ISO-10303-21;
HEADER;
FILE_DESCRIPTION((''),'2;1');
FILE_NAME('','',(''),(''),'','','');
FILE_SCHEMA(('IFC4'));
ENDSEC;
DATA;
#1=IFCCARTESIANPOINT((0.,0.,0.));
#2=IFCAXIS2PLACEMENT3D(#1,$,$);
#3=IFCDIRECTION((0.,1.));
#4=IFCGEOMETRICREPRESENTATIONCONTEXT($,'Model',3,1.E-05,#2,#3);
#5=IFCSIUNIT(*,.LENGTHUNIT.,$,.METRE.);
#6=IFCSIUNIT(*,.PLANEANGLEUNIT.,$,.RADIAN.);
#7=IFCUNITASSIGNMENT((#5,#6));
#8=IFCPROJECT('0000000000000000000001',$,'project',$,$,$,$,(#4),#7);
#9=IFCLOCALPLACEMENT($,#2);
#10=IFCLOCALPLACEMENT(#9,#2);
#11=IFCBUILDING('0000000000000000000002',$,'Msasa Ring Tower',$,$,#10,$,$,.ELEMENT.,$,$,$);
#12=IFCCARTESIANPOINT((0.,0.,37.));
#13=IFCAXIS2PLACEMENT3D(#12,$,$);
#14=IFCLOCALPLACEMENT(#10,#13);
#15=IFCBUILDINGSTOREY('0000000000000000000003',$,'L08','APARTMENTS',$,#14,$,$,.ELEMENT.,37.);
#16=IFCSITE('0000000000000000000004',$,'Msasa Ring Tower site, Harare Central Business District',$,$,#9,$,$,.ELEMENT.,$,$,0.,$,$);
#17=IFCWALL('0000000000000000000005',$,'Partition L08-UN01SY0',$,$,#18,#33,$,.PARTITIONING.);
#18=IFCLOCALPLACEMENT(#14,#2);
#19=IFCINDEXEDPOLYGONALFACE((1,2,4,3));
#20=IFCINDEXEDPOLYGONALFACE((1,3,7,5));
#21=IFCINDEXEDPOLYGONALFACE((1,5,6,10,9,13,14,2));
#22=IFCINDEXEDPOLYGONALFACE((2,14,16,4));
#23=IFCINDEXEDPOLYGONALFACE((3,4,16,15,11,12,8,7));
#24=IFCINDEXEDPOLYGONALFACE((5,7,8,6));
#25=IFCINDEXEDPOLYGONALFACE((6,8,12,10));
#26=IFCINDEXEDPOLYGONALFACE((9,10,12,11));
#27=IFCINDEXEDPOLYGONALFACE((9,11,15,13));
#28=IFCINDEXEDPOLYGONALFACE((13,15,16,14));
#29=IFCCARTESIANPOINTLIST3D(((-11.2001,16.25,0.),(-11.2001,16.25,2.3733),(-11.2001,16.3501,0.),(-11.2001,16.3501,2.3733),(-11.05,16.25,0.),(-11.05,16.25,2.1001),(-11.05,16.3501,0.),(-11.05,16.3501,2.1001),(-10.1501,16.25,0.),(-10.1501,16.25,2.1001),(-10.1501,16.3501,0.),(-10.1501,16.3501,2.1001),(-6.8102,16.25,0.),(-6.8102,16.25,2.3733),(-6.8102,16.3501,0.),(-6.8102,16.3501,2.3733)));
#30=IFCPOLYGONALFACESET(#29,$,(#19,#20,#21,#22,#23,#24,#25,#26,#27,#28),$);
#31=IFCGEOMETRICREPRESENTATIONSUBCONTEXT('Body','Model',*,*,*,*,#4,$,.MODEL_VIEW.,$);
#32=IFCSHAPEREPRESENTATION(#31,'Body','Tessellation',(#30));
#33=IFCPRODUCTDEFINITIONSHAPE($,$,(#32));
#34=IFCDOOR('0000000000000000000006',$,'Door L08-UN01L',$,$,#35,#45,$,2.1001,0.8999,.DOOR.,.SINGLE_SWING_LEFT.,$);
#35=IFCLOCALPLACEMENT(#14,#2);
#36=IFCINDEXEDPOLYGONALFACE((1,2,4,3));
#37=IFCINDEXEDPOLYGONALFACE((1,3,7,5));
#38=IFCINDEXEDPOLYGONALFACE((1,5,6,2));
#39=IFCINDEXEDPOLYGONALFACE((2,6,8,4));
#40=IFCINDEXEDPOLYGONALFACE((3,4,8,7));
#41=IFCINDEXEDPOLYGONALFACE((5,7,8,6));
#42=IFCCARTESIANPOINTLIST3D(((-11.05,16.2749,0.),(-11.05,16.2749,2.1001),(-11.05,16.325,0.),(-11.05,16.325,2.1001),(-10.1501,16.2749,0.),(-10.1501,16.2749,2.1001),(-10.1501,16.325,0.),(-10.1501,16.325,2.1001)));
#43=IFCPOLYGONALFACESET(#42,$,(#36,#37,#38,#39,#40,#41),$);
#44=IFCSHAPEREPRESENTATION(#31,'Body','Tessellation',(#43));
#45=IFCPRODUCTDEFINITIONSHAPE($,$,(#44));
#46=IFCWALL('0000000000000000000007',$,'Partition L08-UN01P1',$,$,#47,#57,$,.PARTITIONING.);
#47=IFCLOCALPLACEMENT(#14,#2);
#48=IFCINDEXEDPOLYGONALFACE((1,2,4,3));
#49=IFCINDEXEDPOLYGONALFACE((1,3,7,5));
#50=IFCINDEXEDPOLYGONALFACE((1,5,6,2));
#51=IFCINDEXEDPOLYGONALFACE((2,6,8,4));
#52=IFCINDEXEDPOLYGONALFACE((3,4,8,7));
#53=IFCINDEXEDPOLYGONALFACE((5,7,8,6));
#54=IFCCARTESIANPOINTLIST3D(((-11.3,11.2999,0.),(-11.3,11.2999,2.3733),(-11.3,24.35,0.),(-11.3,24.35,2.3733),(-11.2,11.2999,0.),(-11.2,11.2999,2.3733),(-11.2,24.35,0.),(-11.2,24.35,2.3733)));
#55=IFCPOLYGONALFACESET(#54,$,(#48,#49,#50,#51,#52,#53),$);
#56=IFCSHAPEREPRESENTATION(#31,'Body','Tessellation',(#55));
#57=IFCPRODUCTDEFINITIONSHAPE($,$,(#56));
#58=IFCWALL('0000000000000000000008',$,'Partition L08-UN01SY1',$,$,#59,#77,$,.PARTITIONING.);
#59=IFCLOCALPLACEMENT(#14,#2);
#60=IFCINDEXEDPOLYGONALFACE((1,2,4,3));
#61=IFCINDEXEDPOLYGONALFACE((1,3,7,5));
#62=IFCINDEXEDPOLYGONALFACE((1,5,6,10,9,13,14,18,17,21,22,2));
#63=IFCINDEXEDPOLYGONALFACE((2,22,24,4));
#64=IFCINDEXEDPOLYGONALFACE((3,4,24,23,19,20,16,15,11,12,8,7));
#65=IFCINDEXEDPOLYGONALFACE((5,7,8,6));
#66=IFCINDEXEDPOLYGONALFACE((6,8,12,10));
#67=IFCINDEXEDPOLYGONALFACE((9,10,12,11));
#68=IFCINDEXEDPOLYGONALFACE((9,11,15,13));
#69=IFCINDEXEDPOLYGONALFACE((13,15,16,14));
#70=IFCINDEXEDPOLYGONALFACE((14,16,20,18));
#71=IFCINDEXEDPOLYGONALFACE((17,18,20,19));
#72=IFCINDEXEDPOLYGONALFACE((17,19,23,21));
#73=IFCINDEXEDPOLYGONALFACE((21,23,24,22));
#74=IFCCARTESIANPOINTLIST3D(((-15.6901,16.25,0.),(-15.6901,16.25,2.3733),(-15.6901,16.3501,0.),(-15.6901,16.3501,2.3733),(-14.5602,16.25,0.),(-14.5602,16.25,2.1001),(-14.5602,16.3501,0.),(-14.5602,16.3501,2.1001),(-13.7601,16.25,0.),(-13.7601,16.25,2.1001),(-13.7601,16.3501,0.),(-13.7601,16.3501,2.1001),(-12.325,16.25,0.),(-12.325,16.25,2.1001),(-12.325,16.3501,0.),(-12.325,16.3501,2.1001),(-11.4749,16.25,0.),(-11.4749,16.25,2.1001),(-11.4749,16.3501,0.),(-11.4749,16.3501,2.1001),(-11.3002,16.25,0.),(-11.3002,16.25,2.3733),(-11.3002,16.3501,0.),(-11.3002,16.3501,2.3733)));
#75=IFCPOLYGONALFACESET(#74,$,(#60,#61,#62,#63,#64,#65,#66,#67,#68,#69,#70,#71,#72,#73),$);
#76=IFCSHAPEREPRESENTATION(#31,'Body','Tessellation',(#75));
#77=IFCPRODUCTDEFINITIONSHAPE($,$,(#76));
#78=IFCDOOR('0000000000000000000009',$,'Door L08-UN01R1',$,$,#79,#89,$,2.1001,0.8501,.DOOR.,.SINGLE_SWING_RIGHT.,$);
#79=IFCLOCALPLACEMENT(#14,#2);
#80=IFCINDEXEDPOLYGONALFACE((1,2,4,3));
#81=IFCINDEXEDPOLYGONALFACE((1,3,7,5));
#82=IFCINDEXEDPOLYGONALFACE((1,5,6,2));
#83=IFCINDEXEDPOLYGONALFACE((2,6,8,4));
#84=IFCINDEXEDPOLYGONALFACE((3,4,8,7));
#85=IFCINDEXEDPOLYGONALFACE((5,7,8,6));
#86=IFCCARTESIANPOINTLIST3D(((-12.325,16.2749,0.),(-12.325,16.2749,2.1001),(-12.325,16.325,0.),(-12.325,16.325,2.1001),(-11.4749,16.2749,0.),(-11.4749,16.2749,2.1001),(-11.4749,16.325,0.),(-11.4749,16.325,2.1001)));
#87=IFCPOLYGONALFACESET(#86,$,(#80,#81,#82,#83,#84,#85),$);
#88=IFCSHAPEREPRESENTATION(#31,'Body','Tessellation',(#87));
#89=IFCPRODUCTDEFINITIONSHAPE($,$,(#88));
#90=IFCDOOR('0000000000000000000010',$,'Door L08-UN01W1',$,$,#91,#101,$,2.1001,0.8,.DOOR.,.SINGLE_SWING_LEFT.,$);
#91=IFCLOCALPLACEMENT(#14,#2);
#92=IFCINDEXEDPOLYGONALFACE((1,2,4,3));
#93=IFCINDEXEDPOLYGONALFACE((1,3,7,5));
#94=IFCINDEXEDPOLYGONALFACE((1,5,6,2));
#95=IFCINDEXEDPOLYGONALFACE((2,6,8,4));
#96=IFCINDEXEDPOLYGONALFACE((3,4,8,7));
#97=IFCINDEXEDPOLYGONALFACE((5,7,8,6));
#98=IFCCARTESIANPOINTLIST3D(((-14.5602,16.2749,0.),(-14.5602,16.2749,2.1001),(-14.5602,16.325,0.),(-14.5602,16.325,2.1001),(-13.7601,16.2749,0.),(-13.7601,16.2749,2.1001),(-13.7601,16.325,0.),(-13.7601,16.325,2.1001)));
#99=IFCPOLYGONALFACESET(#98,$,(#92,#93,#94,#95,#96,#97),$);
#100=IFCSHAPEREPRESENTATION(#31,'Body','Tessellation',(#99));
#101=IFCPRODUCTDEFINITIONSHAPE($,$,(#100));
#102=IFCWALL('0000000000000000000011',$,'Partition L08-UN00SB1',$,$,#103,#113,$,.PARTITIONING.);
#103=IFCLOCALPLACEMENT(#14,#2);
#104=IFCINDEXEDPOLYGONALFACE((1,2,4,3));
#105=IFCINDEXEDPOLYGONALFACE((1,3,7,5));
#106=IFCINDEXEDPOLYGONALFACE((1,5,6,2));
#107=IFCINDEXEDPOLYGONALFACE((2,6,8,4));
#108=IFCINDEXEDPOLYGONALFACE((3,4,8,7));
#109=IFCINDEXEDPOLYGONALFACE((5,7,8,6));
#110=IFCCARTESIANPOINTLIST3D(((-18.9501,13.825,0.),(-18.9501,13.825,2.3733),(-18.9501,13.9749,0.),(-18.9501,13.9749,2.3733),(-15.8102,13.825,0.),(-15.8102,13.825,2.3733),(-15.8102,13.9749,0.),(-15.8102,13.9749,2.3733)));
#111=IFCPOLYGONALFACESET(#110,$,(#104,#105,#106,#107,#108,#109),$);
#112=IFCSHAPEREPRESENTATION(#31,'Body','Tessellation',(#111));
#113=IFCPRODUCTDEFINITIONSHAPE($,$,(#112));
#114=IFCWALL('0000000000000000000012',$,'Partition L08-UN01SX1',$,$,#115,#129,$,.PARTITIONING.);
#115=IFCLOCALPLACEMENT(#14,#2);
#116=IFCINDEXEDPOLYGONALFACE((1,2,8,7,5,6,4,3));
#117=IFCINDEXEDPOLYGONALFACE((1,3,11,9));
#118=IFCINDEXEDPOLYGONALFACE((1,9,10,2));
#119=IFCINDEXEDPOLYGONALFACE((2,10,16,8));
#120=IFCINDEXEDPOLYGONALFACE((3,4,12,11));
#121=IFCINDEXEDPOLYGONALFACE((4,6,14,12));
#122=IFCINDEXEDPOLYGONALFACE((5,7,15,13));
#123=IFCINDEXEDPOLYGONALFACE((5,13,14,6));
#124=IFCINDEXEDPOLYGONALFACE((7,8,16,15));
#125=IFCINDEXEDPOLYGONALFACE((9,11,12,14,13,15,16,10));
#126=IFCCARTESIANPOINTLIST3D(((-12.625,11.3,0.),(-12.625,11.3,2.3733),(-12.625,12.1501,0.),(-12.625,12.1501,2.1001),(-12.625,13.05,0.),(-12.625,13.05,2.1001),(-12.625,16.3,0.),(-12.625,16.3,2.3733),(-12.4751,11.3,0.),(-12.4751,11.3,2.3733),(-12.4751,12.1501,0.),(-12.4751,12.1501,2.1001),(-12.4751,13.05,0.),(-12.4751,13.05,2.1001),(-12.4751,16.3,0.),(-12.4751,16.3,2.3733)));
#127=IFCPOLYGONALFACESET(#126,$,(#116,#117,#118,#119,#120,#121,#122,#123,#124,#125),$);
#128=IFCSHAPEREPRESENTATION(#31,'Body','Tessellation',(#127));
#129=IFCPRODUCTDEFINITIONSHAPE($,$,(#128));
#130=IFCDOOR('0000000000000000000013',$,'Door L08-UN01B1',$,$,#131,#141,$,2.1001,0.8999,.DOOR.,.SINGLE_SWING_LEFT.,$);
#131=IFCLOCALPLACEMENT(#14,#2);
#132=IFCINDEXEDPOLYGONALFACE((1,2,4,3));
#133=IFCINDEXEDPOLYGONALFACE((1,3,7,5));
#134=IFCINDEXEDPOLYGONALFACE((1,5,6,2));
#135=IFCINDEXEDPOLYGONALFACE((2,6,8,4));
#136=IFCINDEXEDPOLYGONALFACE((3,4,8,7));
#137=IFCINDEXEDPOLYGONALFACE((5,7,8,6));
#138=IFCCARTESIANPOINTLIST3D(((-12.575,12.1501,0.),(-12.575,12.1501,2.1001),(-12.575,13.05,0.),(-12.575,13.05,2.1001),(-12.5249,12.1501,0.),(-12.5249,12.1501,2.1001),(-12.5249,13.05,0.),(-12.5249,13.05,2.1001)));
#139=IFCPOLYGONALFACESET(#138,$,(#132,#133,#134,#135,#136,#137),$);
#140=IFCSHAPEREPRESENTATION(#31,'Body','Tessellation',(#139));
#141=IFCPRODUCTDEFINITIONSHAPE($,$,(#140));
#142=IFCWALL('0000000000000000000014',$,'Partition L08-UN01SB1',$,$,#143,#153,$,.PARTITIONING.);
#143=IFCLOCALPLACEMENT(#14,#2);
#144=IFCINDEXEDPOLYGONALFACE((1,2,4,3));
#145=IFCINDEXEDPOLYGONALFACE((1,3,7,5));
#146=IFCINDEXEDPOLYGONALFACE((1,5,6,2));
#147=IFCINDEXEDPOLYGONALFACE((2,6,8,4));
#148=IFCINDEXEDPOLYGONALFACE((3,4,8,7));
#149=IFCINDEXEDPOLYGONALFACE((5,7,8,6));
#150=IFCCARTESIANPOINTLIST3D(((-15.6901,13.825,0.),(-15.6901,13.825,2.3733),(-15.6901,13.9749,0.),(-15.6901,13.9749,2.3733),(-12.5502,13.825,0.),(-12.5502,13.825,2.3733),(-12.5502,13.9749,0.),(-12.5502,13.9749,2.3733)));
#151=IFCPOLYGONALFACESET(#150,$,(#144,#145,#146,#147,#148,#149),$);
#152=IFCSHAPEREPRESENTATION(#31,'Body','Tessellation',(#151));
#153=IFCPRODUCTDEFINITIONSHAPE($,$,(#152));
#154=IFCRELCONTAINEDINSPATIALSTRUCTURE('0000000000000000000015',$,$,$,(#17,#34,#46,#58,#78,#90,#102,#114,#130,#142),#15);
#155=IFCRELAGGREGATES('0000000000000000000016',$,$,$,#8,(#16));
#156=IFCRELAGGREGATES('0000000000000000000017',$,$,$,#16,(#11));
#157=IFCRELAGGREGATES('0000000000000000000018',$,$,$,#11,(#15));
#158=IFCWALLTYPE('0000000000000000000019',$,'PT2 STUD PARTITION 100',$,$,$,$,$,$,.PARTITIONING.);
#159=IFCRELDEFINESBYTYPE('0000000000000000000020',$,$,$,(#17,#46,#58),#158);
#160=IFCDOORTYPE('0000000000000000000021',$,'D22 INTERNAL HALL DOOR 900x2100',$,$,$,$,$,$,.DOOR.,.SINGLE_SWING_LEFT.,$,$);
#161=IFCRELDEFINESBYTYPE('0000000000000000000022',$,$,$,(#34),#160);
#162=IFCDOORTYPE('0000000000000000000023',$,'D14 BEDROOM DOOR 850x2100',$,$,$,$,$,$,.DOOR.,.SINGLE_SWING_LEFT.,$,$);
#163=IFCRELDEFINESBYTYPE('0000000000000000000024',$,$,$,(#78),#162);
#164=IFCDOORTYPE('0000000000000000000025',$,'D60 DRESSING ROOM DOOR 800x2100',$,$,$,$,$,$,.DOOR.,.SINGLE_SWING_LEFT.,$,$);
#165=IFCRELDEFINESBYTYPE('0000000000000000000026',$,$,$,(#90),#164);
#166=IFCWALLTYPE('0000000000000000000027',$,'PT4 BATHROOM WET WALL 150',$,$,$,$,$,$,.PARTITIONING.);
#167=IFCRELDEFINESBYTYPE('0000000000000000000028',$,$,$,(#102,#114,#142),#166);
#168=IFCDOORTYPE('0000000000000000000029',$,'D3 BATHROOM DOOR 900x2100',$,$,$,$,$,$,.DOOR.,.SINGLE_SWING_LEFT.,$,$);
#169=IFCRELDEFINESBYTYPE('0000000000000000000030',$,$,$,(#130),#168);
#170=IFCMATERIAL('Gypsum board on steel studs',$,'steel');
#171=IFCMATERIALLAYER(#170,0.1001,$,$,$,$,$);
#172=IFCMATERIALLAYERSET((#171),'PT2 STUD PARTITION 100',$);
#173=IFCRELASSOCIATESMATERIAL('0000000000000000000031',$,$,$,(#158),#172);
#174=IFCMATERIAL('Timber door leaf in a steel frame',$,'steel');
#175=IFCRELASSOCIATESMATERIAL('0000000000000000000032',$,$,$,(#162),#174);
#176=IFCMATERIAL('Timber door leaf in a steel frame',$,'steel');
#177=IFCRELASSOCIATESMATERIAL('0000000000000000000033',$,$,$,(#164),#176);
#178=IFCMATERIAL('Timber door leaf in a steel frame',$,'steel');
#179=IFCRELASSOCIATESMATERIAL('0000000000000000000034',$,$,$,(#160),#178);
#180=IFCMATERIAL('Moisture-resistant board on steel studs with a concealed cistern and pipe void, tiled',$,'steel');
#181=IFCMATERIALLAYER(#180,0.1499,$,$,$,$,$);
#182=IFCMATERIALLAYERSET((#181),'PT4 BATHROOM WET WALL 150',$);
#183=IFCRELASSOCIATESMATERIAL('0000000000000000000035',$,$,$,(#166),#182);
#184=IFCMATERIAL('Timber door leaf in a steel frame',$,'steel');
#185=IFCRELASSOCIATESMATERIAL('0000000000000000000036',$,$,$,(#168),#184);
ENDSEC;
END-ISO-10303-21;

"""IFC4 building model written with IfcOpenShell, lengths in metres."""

from ifc_helpers import new_model, si_unit, direction, frame, frame_2d, origin, place, context, subcontext, project, spatial, rectangle, extrude, material, layer, layer_set, type_object, element, fill, save


model = new_model("IFC4")

# Units and contexts
model_context = context("Model", 3, precision=1e-05, world=origin(), true_north=direction((0.0, 1.0)))
body_context = subcontext(model_context, "Body", "Model", "MODEL_VIEW")
ifc_project = project(units=[si_unit("LENGTHUNIT", "METRE"), si_unit("PLANEANGLEUNIT", "RADIAN")], contexts=[model_context])

# Site, building, storey
site_placement = place(None, origin())
site = spatial("IfcSite", under=ifc_project, at=site_placement, Name="Msasa Ring Tower site, Harare Central Business District", CompositionType="ELEMENT", RefElevation=0.0)
building_placement = place(site_placement, origin())
building = spatial("IfcBuilding", under=site, at=building_placement, Name="Msasa Ring Tower", CompositionType="ELEMENT")
storey_placement = place(building_placement, frame((0.0, 0.0, 37.0)))
storey = spatial("IfcBuildingStorey", under=building, at=storey_placement, Name="L08", Description="APARTMENTS", CompositionType="ELEMENT", Elevation=37.0)

# Shared definitions
ifc_material_1 = material(Name="Gypsum board on steel studs", Category="steel")
ifc_layer_1 = layer(ifc_material_1, 0.1001)
ifc_layer_set_1 = layer_set([ifc_layer_1], Name="PT2 STUD PARTITION 100")
wall_type_1 = type_object("IfcWallType", Name="PT2 STUD PARTITION 100", PredefinedType="PARTITIONING", material=ifc_layer_set_1)
ifc_material_2 = material(Name="Timber door leaf in a steel frame", Category="steel")
door_type_1 = type_object("IfcDoorType", Name="D14 BEDROOM DOOR 850x2100", OperationType="SINGLE_SWING_LEFT", PredefinedType="DOOR", material=ifc_material_2)
ifc_material_3 = material(Name="Timber door leaf in a steel frame", Category="steel")
door_type_2 = type_object("IfcDoorType", Name="D60 DRESSING ROOM DOOR 800x2100", OperationType="SINGLE_SWING_LEFT", PredefinedType="DOOR", material=ifc_material_3)

# Wall, opening, door
wall_1_placement = place(storey_placement, frame((-11.2, 16.3, 0.0), z_axis=(0.0, 0.0, 1.0), x_axis=(1.0, 0.0, 0.0)))
wall_1 = element("IfcWall", 1, at=wall_1_placement, inside=storey, type_object=wall_type_1, Name="Partition L08-UN01SY0", PredefinedType="PARTITIONING", context=body_context, shape_type="SweptSolid", body=[
    extrude(rectangle(XDim=4.3899, YDim=0.1001, at=frame_2d((2.1948, 0.0))), origin(), (0.0, 0.0, 1.0), 2.3733),
])
opening_1_placement = place(wall_1_placement, frame((0.1499, 0.0, 0.0)))
opening_1 = element("IfcOpeningElement", 2, at=opening_1_placement, cuts=wall_1, PredefinedType="OPENING", context=body_context, shape_type="SweptSolid", body=[
    extrude(rectangle(XDim=0.8999, YDim=2.1001, at=frame_2d((0.45, 1.05))), frame((0.0, 0.0601, 0.0), z_axis=(0.0, -1.0, 0.0), x_axis=(1.0, 0.0, 0.0)), (0.0, 0.0, 1.0), 0.1201),
])
ifc_material_4 = material(Name="Timber door leaf in a steel frame", Category="steel")
door_type_3 = type_object("IfcDoorType", Name="D22 INTERNAL HALL DOOR 900x2100", OperationType="SINGLE_SWING_LEFT", PredefinedType="DOOR", material=ifc_material_4)
door_1_placement = place(opening_1_placement, origin())
door_1 = element("IfcDoor", 3, at=door_1_placement, inside=storey, type_object=door_type_3, Name="Door L08-UN01L", OperationType="SINGLE_SWING_LEFT", OverallHeight=2.1001, OverallWidth=0.8999, PredefinedType="DOOR", context=body_context, shape_type="SweptSolid", body=[
    extrude(rectangle(XDim=0.8999, YDim=2.1001, at=frame_2d((0.45, 1.05))), frame((0.0, 0.0249, 0.0), z_axis=(0.0, -1.0, 0.0), x_axis=(1.0, 0.0, 0.0)), (0.0, 0.0, 1.0), 0.05),
])
fill(opening_1, door_1)

# Wall
wall_2_placement = place(storey_placement, frame((-11.25, 11.3, 0.0), z_axis=(0.0, 0.0, 1.0), x_axis=(0.0, 1.0, 0.0)))
element("IfcWall", 4, at=wall_2_placement, inside=storey, type_object=wall_type_1, Name="Partition L08-UN01P1", PredefinedType="PARTITIONING", context=body_context, shape_type="SweptSolid", body=[
    extrude(rectangle(XDim=13.05, YDim=0.1001, at=frame_2d((6.5249, 0.0))), origin(), (0.0, 0.0, 1.0), 2.3733),
])

# Wall, openings, doors
wall_3_placement = place(storey_placement, frame((-15.6899, 16.3, 0.0), z_axis=(0.0, 0.0, 1.0), x_axis=(1.0, 0.0, 0.0)))
wall_3 = element("IfcWall", 5, at=wall_3_placement, inside=storey, type_object=wall_type_1, Name="Partition L08-UN01SY1", PredefinedType="PARTITIONING", context=body_context, shape_type="SweptSolid", body=[
    extrude(rectangle(XDim=4.3899, YDim=0.1001, at=frame_2d((2.1948, 0.0))), origin(), (0.0, 0.0, 1.0), 2.3733),
])
opening_2_placement = place(wall_3_placement, frame((3.365, 0.0, 0.0)))
opening_2 = element("IfcOpeningElement", 6, at=opening_2_placement, cuts=wall_3, PredefinedType="OPENING", context=body_context, shape_type="SweptSolid", body=[
    extrude(rectangle(XDim=0.8501, YDim=2.1001, at=frame_2d((0.425, 1.05))), frame((0.0, 0.0601, 0.0), z_axis=(0.0, -1.0, 0.0), x_axis=(1.0, 0.0, 0.0)), (0.0, 0.0, 1.0), 0.1201),
])
opening_3_placement = place(wall_3_placement, frame((1.1299, 0.0, 0.0)))
opening_3 = element("IfcOpeningElement", 7, at=opening_3_placement, cuts=wall_3, PredefinedType="OPENING", context=body_context, shape_type="SweptSolid", body=[
    extrude(rectangle(XDim=0.8, YDim=2.1001, at=frame_2d((0.3999, 1.05))), frame((0.0, 0.0601, 0.0), z_axis=(0.0, -1.0, 0.0), x_axis=(1.0, 0.0, 0.0)), (0.0, 0.0, 1.0), 0.1201),
])
door_2_placement = place(opening_2_placement, origin())
door_2 = element("IfcDoor", 8, at=door_2_placement, inside=storey, type_object=door_type_1, Name="Door L08-UN01R1", OperationType="SINGLE_SWING_RIGHT", OverallHeight=2.1001, OverallWidth=0.8501, PredefinedType="DOOR", context=body_context, shape_type="SweptSolid", body=[
    extrude(rectangle(XDim=0.8501, YDim=2.1001, at=frame_2d((0.425, 1.05))), frame((0.0, 0.0249, 0.0), z_axis=(0.0, -1.0, 0.0), x_axis=(1.0, 0.0, 0.0)), (0.0, 0.0, 1.0), 0.05),
])
fill(opening_2, door_2)
door_3_placement = place(opening_3_placement, origin())
door_3 = element("IfcDoor", 9, at=door_3_placement, inside=storey, type_object=door_type_2, Name="Door L08-UN01W1", OperationType="SINGLE_SWING_LEFT", OverallHeight=2.1001, OverallWidth=0.8, PredefinedType="DOOR", context=body_context, shape_type="SweptSolid", body=[
    extrude(rectangle(XDim=0.8, YDim=2.1001, at=frame_2d((0.3999, 1.05))), frame((0.0, 0.0249, 0.0), z_axis=(0.0, -1.0, 0.0), x_axis=(1.0, 0.0, 0.0)), (0.0, 0.0, 1.0), 0.05),
])
fill(opening_3, door_3)

# Wall
ifc_material_5 = material(Name="Moisture-resistant board on steel studs with a concealed cistern and pipe void, tiled", Category="steel")
ifc_layer_2 = layer(ifc_material_5, 0.1499)
ifc_layer_set_2 = layer_set([ifc_layer_2], Name="PT4 BATHROOM WET WALL 150")
wall_type_2 = type_object("IfcWallType", Name="PT4 BATHROOM WET WALL 150", PredefinedType="PARTITIONING", material=ifc_layer_set_2)
wall_4_placement = place(storey_placement, frame((-18.95, 13.8999, 0.0), z_axis=(0.0, 0.0, 1.0), x_axis=(1.0, 0.0, 0.0)))
element("IfcWall", 10, at=wall_4_placement, inside=storey, type_object=wall_type_2, Name="Partition L08-UN00SB1", PredefinedType="PARTITIONING", context=body_context, shape_type="SweptSolid", body=[
    extrude(rectangle(XDim=3.1399, YDim=0.1499, at=frame_2d((1.5698, 0.0))), origin(), (0.0, 0.0, 1.0), 2.3733),
])

# Wall, opening, door
wall_5_placement = place(storey_placement, frame((-12.55, 11.3, 0.0), z_axis=(0.0, 0.0, 1.0), x_axis=(0.0, 1.0, 0.0)))
wall_5 = element("IfcWall", 11, at=wall_5_placement, inside=storey, type_object=wall_type_2, Name="Partition L08-UN01SX1", PredefinedType="PARTITIONING", context=body_context, shape_type="SweptSolid", body=[
    extrude(rectangle(XDim=5.0, YDim=0.1499, at=frame_2d((2.5, 0.0))), origin(), (0.0, 0.0, 1.0), 2.3733),
])
opening_4_placement = place(wall_5_placement, frame((0.8501, 0.0, 0.0)))
opening_4 = element("IfcOpeningElement", 12, at=opening_4_placement, cuts=wall_5, PredefinedType="OPENING", context=body_context, shape_type="SweptSolid", body=[
    extrude(rectangle(XDim=0.8999, YDim=2.1001, at=frame_2d((0.45, 1.05))), frame((0.0, 0.085, 0.0), z_axis=(0.0, -1.0, 0.0), x_axis=(1.0, 0.0, 0.0)), (0.0, 0.0, 1.0), 0.1699),
])
ifc_material_6 = material(Name="Timber door leaf in a steel frame", Category="steel")
door_type_4 = type_object("IfcDoorType", Name="D3 BATHROOM DOOR 900x2100", OperationType="SINGLE_SWING_LEFT", PredefinedType="DOOR", material=ifc_material_6)
door_4_placement = place(opening_4_placement, origin())
door_4 = element("IfcDoor", 13, at=door_4_placement, inside=storey, type_object=door_type_4, Name="Door L08-UN01B1", OperationType="SINGLE_SWING_LEFT", OverallHeight=2.1001, OverallWidth=0.8999, PredefinedType="DOOR", context=body_context, shape_type="SweptSolid", body=[
    extrude(rectangle(XDim=0.8999, YDim=2.1001, at=frame_2d((0.45, 1.05))), frame((0.0, 0.0249, 0.0), z_axis=(0.0, -1.0, 0.0), x_axis=(1.0, 0.0, 0.0)), (0.0, 0.0, 1.0), 0.05),
])
fill(opening_4, door_4)

# Wall
wall_6_placement = place(storey_placement, frame((-15.6899, 13.8999, 0.0), z_axis=(0.0, 0.0, 1.0), x_axis=(1.0, 0.0, 0.0)))
element("IfcWall", 14, at=wall_6_placement, inside=storey, type_object=wall_type_2, Name="Partition L08-UN01SB1", PredefinedType="PARTITIONING", context=body_context, shape_type="SweptSolid", body=[
    extrude(rectangle(XDim=3.1399, YDim=0.1499, at=frame_2d((1.5698, 0.0))), origin(), (0.0, 0.0, 1.0), 2.3733),
])

save(model, "model.ifc")
